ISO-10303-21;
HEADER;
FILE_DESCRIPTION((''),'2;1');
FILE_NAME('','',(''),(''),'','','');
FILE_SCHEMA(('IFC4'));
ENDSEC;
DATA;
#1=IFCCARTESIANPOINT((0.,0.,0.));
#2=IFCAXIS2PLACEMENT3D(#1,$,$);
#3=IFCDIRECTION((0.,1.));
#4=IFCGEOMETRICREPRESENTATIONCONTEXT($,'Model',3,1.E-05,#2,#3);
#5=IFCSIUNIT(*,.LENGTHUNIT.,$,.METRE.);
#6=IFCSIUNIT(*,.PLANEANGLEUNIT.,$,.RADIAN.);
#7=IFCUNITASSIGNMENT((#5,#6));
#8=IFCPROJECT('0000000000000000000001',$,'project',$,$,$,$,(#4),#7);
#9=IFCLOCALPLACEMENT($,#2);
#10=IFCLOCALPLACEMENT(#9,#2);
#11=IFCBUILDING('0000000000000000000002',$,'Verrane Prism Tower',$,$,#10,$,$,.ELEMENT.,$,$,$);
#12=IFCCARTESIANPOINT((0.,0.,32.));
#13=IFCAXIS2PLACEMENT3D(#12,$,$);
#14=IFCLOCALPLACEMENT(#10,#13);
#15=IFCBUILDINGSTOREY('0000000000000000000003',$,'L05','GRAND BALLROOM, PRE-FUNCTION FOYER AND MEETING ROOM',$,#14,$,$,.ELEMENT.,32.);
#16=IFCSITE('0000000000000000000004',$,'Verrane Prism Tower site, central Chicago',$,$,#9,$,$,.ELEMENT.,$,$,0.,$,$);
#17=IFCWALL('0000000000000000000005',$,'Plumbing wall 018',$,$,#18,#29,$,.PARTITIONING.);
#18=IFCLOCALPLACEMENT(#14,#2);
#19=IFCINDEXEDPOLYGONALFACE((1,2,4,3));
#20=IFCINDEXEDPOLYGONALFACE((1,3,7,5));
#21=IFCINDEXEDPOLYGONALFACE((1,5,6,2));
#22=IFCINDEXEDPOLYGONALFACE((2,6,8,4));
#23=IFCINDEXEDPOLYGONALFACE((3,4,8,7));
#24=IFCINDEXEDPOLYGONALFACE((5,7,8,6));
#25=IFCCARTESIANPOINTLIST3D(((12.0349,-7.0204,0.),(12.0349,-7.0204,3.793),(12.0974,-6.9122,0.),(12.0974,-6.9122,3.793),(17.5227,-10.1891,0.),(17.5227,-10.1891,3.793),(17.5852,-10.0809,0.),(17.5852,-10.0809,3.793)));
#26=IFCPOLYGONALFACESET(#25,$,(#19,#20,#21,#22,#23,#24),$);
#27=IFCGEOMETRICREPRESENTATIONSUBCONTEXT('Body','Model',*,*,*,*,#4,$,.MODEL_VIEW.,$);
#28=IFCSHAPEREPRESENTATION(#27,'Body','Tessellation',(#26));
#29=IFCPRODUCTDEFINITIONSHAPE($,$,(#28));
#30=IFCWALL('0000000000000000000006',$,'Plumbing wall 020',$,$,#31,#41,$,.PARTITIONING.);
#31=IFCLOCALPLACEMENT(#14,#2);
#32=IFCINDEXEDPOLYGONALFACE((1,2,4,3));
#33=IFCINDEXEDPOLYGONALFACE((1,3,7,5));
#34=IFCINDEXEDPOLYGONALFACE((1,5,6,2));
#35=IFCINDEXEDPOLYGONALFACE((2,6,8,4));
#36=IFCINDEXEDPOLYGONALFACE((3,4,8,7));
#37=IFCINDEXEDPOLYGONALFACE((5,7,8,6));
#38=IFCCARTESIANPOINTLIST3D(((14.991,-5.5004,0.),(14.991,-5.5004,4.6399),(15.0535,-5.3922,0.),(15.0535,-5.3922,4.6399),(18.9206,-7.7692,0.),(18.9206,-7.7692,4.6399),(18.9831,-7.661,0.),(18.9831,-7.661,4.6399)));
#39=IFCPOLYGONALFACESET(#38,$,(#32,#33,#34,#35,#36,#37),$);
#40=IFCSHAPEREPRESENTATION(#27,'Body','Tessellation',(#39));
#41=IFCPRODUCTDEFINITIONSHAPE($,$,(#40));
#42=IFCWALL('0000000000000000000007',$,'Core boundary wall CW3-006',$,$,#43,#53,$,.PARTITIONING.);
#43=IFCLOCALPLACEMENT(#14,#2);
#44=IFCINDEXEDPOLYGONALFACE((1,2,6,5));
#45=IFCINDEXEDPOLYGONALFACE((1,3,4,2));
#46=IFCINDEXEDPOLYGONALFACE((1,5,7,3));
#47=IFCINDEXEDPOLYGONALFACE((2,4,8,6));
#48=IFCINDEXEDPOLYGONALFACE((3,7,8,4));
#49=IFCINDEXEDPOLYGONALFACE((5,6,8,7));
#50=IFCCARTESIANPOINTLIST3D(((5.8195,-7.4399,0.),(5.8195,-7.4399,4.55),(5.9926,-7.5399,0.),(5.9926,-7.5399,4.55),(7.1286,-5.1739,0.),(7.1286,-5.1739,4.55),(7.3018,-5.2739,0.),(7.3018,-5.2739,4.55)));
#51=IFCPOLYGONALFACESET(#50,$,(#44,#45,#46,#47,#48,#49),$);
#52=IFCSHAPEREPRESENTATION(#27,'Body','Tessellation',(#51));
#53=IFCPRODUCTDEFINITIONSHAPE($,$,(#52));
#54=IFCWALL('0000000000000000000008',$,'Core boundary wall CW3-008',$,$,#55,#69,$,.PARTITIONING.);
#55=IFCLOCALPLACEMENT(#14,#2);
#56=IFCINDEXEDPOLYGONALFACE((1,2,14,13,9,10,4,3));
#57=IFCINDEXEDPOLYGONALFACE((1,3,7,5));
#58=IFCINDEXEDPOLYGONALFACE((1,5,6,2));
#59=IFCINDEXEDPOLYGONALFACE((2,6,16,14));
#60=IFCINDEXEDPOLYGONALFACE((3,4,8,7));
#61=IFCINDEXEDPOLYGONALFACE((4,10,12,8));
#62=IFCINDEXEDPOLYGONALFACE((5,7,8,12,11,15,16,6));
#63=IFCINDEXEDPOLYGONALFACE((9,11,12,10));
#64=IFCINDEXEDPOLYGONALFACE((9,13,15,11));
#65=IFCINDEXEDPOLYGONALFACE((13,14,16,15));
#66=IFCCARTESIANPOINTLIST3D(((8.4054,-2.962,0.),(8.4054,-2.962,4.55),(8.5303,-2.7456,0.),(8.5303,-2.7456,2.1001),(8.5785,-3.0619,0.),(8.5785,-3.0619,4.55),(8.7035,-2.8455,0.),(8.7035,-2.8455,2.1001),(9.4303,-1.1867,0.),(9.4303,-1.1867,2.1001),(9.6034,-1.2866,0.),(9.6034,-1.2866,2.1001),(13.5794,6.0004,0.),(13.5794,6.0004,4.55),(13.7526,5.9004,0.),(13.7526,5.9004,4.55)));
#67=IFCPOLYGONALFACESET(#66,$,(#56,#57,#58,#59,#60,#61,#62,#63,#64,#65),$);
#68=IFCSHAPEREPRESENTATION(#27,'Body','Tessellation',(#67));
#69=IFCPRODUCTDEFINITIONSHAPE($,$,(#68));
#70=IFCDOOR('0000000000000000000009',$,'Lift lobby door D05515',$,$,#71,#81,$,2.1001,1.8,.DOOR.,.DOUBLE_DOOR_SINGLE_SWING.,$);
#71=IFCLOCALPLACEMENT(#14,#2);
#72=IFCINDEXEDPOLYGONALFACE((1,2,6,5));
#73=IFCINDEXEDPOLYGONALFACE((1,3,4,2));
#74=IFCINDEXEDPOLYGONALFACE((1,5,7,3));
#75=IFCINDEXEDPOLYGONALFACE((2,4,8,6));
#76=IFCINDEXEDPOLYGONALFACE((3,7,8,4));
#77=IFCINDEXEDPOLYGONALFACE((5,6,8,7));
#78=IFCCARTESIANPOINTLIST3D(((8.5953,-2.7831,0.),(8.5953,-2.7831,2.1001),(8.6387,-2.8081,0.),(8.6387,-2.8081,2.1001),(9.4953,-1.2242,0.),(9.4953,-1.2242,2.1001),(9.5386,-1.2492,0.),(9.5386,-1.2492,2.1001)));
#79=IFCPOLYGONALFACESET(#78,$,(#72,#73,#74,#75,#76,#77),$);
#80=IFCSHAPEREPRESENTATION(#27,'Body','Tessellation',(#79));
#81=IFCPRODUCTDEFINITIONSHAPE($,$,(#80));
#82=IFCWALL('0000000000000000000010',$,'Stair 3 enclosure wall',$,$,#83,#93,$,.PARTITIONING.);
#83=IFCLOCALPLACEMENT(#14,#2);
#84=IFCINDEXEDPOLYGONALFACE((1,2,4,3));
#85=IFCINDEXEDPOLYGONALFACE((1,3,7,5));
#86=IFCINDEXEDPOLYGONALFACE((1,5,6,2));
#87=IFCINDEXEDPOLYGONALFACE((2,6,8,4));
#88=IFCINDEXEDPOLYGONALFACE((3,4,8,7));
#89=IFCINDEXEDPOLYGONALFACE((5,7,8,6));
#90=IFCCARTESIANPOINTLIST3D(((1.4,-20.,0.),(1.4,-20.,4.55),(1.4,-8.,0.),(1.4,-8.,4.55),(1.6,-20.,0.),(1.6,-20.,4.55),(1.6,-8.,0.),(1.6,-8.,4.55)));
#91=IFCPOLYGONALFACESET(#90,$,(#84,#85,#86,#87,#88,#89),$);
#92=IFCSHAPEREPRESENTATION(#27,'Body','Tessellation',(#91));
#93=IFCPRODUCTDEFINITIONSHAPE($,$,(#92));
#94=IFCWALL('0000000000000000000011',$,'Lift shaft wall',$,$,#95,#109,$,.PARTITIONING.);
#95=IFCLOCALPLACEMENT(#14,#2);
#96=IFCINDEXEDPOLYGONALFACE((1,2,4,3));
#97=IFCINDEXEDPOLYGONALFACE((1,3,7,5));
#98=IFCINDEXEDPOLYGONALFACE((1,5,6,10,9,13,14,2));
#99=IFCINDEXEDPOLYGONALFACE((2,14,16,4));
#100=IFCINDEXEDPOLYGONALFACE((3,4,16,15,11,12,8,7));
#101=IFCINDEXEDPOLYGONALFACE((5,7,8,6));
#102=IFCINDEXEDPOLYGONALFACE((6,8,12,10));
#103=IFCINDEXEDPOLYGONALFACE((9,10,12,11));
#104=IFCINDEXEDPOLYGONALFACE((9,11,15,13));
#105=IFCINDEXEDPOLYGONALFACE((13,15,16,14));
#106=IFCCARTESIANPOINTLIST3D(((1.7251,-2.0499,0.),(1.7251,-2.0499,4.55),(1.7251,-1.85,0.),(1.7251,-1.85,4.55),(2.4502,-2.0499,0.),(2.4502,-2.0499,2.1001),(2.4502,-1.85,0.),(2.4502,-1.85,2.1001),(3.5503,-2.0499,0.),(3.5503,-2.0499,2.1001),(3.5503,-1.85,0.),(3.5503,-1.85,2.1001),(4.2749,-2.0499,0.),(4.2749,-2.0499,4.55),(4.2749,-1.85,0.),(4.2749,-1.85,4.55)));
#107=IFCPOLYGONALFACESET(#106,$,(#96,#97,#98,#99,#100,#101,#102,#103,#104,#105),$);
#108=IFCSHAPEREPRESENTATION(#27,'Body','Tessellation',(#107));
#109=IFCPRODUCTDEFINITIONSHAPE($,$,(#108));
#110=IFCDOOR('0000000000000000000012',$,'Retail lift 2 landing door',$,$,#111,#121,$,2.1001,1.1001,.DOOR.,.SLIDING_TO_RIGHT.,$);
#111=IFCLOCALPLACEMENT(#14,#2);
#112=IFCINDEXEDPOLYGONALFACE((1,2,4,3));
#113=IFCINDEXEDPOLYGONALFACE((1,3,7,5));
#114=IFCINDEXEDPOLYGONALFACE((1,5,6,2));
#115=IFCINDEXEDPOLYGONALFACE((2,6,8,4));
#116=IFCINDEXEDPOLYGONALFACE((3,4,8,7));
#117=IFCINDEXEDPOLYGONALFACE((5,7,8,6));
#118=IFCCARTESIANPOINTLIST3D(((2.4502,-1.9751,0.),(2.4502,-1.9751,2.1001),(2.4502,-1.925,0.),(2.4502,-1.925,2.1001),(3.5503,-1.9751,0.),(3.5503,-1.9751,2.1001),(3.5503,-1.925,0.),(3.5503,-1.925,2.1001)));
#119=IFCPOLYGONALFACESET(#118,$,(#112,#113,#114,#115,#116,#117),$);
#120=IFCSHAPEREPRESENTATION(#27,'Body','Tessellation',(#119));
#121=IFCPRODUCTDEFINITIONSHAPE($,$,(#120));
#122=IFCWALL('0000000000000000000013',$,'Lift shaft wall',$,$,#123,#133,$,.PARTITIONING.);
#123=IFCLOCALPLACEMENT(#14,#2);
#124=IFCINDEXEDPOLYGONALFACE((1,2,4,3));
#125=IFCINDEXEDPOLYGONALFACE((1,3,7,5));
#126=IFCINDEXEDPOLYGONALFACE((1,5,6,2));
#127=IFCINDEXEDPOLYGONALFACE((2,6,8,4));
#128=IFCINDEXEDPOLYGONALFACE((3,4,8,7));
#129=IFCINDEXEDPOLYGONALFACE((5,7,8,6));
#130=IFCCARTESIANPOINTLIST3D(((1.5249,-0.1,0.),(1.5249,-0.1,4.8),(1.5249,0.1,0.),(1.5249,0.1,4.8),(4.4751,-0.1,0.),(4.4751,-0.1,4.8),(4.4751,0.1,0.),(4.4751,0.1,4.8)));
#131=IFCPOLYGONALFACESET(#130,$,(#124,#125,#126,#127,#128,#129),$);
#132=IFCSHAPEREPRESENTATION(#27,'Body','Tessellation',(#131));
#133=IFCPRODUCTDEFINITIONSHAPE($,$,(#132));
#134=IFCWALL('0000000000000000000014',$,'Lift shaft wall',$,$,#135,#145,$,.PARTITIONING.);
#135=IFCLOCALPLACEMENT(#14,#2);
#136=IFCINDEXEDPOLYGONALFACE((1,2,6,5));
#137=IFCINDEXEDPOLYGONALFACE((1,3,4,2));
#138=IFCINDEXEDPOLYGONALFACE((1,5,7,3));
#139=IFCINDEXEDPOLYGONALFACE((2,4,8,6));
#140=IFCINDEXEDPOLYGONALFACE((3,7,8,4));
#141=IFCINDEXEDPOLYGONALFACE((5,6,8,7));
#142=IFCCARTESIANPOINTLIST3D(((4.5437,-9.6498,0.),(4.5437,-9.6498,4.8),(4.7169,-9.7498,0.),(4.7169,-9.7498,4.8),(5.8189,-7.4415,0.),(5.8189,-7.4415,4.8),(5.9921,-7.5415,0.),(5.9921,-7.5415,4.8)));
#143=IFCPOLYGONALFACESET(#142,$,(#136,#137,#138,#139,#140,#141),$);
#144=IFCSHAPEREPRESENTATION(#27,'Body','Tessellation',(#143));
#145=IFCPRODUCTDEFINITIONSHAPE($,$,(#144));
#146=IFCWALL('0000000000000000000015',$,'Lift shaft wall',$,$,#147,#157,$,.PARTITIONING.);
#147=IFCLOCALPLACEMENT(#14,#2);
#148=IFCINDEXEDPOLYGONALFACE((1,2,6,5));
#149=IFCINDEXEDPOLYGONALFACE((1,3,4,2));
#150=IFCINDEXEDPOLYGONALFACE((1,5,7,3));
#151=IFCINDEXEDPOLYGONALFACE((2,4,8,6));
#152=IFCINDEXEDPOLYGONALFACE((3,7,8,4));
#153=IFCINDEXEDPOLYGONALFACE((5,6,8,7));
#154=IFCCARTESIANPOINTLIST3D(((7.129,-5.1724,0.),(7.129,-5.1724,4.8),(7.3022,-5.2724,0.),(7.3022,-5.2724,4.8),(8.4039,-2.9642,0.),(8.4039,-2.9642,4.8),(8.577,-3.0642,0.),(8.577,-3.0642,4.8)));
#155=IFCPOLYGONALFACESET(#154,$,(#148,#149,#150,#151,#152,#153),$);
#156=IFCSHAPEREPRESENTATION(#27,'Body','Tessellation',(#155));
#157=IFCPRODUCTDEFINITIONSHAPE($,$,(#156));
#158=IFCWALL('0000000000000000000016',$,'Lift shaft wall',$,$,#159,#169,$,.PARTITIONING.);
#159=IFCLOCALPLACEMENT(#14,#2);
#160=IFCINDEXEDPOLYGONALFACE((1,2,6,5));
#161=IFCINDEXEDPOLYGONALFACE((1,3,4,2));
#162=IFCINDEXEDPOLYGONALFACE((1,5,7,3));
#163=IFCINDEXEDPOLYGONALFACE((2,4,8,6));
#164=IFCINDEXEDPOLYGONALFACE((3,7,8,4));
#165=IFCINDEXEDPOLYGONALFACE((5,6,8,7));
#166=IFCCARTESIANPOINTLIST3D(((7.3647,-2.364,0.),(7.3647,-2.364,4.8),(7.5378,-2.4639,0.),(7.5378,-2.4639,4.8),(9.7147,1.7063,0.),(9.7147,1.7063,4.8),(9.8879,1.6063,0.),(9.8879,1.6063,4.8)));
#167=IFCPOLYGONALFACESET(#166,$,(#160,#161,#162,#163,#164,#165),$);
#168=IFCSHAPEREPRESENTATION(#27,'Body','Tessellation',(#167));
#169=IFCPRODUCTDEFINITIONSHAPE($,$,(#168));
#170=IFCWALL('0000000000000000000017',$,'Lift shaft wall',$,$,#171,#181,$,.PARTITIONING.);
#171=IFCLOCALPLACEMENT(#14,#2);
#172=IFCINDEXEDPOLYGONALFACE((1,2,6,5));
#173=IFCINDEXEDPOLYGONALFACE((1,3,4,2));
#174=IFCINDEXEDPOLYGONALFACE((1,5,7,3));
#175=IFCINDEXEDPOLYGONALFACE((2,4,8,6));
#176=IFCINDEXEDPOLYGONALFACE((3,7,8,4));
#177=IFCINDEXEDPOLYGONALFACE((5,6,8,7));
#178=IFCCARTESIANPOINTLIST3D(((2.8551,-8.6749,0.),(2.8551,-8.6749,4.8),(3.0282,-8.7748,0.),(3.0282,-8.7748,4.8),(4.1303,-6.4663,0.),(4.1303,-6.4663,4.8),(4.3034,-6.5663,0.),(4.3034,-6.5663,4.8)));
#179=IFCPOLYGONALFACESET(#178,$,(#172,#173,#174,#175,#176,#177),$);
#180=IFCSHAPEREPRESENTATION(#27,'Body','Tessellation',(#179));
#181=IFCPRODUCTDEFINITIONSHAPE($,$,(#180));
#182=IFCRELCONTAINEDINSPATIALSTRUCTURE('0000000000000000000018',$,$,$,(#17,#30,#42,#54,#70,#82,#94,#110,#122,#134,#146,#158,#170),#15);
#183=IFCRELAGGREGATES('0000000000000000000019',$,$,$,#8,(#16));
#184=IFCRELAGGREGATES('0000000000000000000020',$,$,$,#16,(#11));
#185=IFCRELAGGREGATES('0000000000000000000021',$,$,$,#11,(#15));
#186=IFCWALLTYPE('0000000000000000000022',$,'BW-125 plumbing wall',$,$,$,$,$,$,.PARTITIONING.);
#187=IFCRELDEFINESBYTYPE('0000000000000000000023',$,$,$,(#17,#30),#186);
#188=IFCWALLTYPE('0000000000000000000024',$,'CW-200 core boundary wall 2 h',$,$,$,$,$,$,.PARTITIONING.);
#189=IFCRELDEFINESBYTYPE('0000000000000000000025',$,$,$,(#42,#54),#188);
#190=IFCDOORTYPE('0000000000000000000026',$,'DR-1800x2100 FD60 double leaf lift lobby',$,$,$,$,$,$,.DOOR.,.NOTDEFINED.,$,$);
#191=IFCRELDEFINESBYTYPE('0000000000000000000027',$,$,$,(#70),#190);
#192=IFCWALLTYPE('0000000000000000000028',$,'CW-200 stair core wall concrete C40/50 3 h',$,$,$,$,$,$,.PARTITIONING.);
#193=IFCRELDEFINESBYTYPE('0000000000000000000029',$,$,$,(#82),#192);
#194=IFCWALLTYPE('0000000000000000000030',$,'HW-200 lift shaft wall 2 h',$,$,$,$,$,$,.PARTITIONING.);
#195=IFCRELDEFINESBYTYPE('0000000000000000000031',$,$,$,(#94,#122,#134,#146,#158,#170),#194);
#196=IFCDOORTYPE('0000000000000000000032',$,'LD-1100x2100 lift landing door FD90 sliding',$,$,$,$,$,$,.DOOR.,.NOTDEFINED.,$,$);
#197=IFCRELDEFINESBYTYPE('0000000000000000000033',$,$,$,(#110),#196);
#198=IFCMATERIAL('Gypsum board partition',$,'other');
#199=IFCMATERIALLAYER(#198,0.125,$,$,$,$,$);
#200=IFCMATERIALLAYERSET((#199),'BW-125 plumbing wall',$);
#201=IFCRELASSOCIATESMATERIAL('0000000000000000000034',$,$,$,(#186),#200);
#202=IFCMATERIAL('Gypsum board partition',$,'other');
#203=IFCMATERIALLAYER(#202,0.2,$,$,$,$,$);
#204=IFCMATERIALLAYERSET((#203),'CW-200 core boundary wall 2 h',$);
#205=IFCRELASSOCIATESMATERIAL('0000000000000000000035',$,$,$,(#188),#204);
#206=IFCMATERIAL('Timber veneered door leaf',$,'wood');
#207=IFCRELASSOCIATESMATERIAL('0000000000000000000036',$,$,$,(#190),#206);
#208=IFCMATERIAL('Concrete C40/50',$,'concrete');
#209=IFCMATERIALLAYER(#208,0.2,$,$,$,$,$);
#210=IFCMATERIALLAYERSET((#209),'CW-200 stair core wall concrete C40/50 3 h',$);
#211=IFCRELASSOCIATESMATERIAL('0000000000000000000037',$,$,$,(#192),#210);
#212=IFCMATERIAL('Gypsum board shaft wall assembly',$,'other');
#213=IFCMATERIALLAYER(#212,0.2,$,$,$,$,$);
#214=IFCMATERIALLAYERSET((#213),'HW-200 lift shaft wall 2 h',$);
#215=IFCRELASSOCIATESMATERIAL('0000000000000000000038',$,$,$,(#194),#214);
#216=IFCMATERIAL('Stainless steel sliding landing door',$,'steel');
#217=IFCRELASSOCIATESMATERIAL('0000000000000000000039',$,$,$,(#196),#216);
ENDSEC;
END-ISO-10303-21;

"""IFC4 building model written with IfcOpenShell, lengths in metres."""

from ifc_helpers import new_model, si_unit, direction, frame, frame_2d, origin, place, context, subcontext, project, spatial, rectangle, extrude, material, layer, layer_set, type_object, element, fill, save


model = new_model("IFC4")

# Units and contexts
model_context = context("Model", 3, precision=1e-05, world=origin(), true_north=direction((0.0, 1.0)))
body_context = subcontext(model_context, "Body", "Model", "MODEL_VIEW")
ifc_project = project(units=[si_unit("LENGTHUNIT", "METRE"), si_unit("PLANEANGLEUNIT", "RADIAN")], contexts=[model_context])

# Site, building, storey
site_placement = place(None, origin())
site = spatial("IfcSite", under=ifc_project, at=site_placement, Name="Verrane Prism Tower site, central Chicago", CompositionType="ELEMENT", RefElevation=0.0)
building_placement = place(site_placement, origin())
building = spatial("IfcBuilding", under=site, at=building_placement, Name="Verrane Prism Tower", CompositionType="ELEMENT")
storey_placement = place(building_placement, frame((0.0, 0.0, 32.0)))
storey = spatial("IfcBuildingStorey", under=building, at=storey_placement, Name="L05", Description="GRAND BALLROOM, PRE-FUNCTION FOYER AND MEETING ROOM", CompositionType="ELEMENT", Elevation=32.0)

# Walls
ifc_material_1 = material(Name="Gypsum board partition", Category="other")
ifc_layer_1 = layer(ifc_material_1, 0.125)
ifc_layer_set_1 = layer_set([ifc_layer_1], Name="BW-125 plumbing wall")
wall_type_1 = type_object("IfcWallType", Name="BW-125 plumbing wall", PredefinedType="PARTITIONING", material=ifc_layer_set_1)
wall_1_placement = place(storey_placement, frame((12.0662, -6.9663, 0.0), z_axis=(0.0, 0.0, 1.0), x_axis=(0.866003, -0.500038, 0.0)))
element("IfcWall", 1, at=wall_1_placement, inside=storey, type_object=wall_type_1, Name="Plumbing wall 018", PredefinedType="PARTITIONING", context=body_context, shape_type="SweptSolid", body=[
    extrude(rectangle(XDim=6.3369, YDim=0.125, at=frame_2d((3.1685, 0.0))), origin(), (0.0, 0.0, 1.0), 3.793),
])
wall_2_placement = place(storey_placement, frame((15.0222, -5.4463, 0.0), z_axis=(0.0, 0.0, 1.0), x_axis=(0.866026, -0.499999, 0.0)))
element("IfcWall", 2, at=wall_2_placement, inside=storey, type_object=wall_type_1, Name="Plumbing wall 020", PredefinedType="PARTITIONING", context=body_context, shape_type="SweptSolid", body=[
    extrude(rectangle(XDim=4.5376, YDim=0.125, at=frame_2d((2.2688, 0.0))), origin(), (0.0, 0.0, 1.0), 4.6399),
])
ifc_material_2 = material(Name="Gypsum board partition", Category="other")
ifc_layer_2 = layer(ifc_material_2, 0.2)
ifc_layer_set_2 = layer_set([ifc_layer_2], Name="CW-200 core boundary wall 2 h")
wall_type_2 = type_object("IfcWallType", Name="CW-200 core boundary wall 2 h", PredefinedType="PARTITIONING", material=ifc_layer_set_2)
wall_3_placement = place(storey_placement, frame((5.906, -7.49, 0.0), z_axis=(0.0, 0.0, 1.0), x_axis=(0.500253, 0.865879, 0.0)))
element("IfcWall", 3, at=wall_3_placement, inside=storey, type_object=wall_type_2, Name="Core boundary wall CW3-006", PredefinedType="PARTITIONING", context=body_context, shape_type="SweptSolid", body=[
    extrude(rectangle(XDim=2.6169, YDim=0.2, at=frame_2d((1.3086, 0.0))), origin(), (0.0, 0.0, 1.0), 4.55),
])

# Wall, opening, door
wall_4_placement = place(storey_placement, frame((8.4919, -3.012, 0.0), z_axis=(0.0, 0.0, 1.0), x_axis=(0.499973, 0.866041, 0.0)))
wall_4 = element("IfcWall", 4, at=wall_4_placement, inside=storey, type_object=wall_type_2, Name="Core boundary wall CW3-008", PredefinedType="PARTITIONING", context=body_context, shape_type="SweptSolid", body=[
    extrude(rectangle(XDim=10.3486, YDim=0.2, at=frame_2d((5.1743, 0.0))), origin(), (0.0, 0.0, 1.0), 4.55),
])
opening_1_placement = place(wall_4_placement, frame((0.25, 0.0, 0.0)))
opening_1 = element("IfcOpeningElement", 5, at=opening_1_placement, cuts=wall_4, PredefinedType="OPENING", context=body_context, shape_type="SweptSolid", body=[
    extrude(rectangle(XDim=1.8, YDim=2.1001, at=frame_2d((0.8999, 1.05))), frame((0.0, 0.1099, 0.0), z_axis=(0.0, -1.0, 0.0), x_axis=(1.0, 0.0, 0.0)), (0.0, 0.0, 1.0), 0.22),
])
ifc_material_3 = material(Name="Timber veneered door leaf", Category="wood")
door_type_1 = type_object("IfcDoorType", Name="DR-1800x2100 FD60 double leaf lift lobby", OperationType="NOTDEFINED", PredefinedType="DOOR", material=ifc_material_3)
door_1_placement = place(opening_1_placement, origin())
door_1 = element("IfcDoor", 6, at=door_1_placement, inside=storey, type_object=door_type_1, Name="Lift lobby door D05515", OperationType="DOUBLE_DOOR_SINGLE_SWING", OverallHeight=2.1001, OverallWidth=1.8, PredefinedType="DOOR", context=body_context, shape_type="SweptSolid", body=[
    extrude(rectangle(XDim=1.8, YDim=2.1001, at=frame_2d((0.8999, 1.05))), frame((0.0, 0.0249, 0.0), z_axis=(0.0, -1.0, 0.0), x_axis=(1.0, 0.0, 0.0)), (0.0, 0.0, 1.0), 0.05),
])
fill(opening_1, door_1)

# Wall
ifc_material_4 = material(Name="Concrete C40/50", Category="concrete")
ifc_layer_3 = layer(ifc_material_4, 0.2)
ifc_layer_set_3 = layer_set([ifc_layer_3], Name="CW-200 stair core wall concrete C40/50 3 h")
wall_type_3 = type_object("IfcWallType", Name="CW-200 stair core wall concrete C40/50 3 h", PredefinedType="PARTITIONING", material=ifc_layer_set_3)
wall_5_placement = place(storey_placement, frame((1.5, -8.0, 0.0), z_axis=(0.0, 0.0, 1.0), x_axis=(0.0, -1.0, 0.0)))
element("IfcWall", 7, at=wall_5_placement, inside=storey, type_object=wall_type_3, Name="Stair 3 enclosure wall", PredefinedType="PARTITIONING", context=body_context, shape_type="SweptSolid", body=[
    extrude(rectangle(XDim=12.0, YDim=0.2, at=frame_2d((6.0, 0.0))), origin(), (0.0, 0.0, 1.0), 4.55),
])

# Wall, opening, door
ifc_material_5 = material(Name="Gypsum board shaft wall assembly", Category="other")
ifc_layer_4 = layer(ifc_material_5, 0.2)
ifc_layer_set_4 = layer_set([ifc_layer_4], Name="HW-200 lift shaft wall 2 h")
wall_type_4 = type_object("IfcWallType", Name="HW-200 lift shaft wall 2 h", PredefinedType="PARTITIONING", material=ifc_layer_set_4)
wall_6_placement = place(storey_placement, frame((1.7251, -1.95, 0.0), z_axis=(0.0, 0.0, 1.0), x_axis=(1.0, 0.0, 0.0)))
wall_6 = element("IfcWall", 8, at=wall_6_placement, inside=storey, type_object=wall_type_4, Name="Lift shaft wall", PredefinedType="PARTITIONING", context=body_context, shape_type="SweptSolid", body=[
    extrude(rectangle(XDim=2.5498, YDim=0.2, at=frame_2d((1.2749, 0.0))), origin(), (0.0, 0.0, 1.0), 4.55),
])
opening_2_placement = place(wall_6_placement, frame((0.7251, 0.0, 0.0)))
opening_2 = element("IfcOpeningElement", 9, at=opening_2_placement, cuts=wall_6, PredefinedType="OPENING", context=body_context, shape_type="SweptSolid", body=[
    extrude(rectangle(XDim=1.1001, YDim=2.1001, at=frame_2d((0.55, 1.05))), frame((0.0, 0.1099, 0.0), z_axis=(0.0, -1.0, 0.0), x_axis=(1.0, 0.0, 0.0)), (0.0, 0.0, 1.0), 0.22),
])
ifc_material_6 = material(Name="Stainless steel sliding landing door", Category="steel")
door_type_2 = type_object("IfcDoorType", Name="LD-1100x2100 lift landing door FD90 sliding", OperationType="NOTDEFINED", PredefinedType="DOOR", material=ifc_material_6)
door_2_placement = place(opening_2_placement, origin())
door_2 = element("IfcDoor", 10, at=door_2_placement, inside=storey, type_object=door_type_2, Name="Retail lift 2 landing door", OperationType="SLIDING_TO_RIGHT", OverallHeight=2.1001, OverallWidth=1.1001, PredefinedType="DOOR", context=body_context, shape_type="SweptSolid", body=[
    extrude(rectangle(XDim=1.1001, YDim=2.1001, at=frame_2d((0.55, 1.05))), frame((0.0, 0.0249, 0.0), z_axis=(0.0, -1.0, 0.0), x_axis=(1.0, 0.0, 0.0)), (0.0, 0.0, 1.0), 0.05),
])
fill(opening_2, door_2)

# Walls
wall_7_placement = place(storey_placement, frame((1.5249, 0.0, 0.0), z_axis=(0.0, 0.0, 1.0), x_axis=(1.0, 0.0, 0.0)))
element("IfcWall", 11, at=wall_7_placement, inside=storey, type_object=wall_type_4, Name="Lift shaft wall", PredefinedType="PARTITIONING", context=body_context, shape_type="SweptSolid", body=[
    extrude(rectangle(XDim=2.9502, YDim=0.2, at=frame_2d((1.4751, 0.0))), origin(), (0.0, 0.0, 1.0), 4.8),
])
wall_8_placement = place(storey_placement, frame((4.6304, -9.6997, 0.0), z_axis=(0.0, 0.0, 1.0), x_axis=(0.500062, 0.865989, 0.0)))
element("IfcWall", 12, at=wall_8_placement, inside=storey, type_object=wall_type_4, Name="Lift shaft wall", PredefinedType="PARTITIONING", context=body_context, shape_type="SweptSolid", body=[
    extrude(rectangle(XDim=2.55, YDim=0.2, at=frame_2d((1.2749, 0.0))), origin(), (0.0, 0.0, 1.0), 4.8),
])
wall_9_placement = place(storey_placement, frame((7.2156, -5.2224, 0.0), z_axis=(0.0, 0.0, 1.0), x_axis=(0.49999, 0.866031, 0.0)))
element("IfcWall", 13, at=wall_9_placement, inside=storey, type_object=wall_type_4, Name="Lift shaft wall", PredefinedType="PARTITIONING", context=body_context, shape_type="SweptSolid", body=[
    extrude(rectangle(XDim=2.5498, YDim=0.2, at=frame_2d((1.2749, 0.0))), origin(), (0.0, 0.0, 1.0), 4.8),
])
wall_10_placement = place(storey_placement, frame((7.4512, -2.4141, 0.0), z_axis=(0.0, 0.0, 1.0), x_axis=(0.500016, 0.866016, 0.0)))
element("IfcWall", 14, at=wall_10_placement, inside=storey, type_object=wall_type_4, Name="Lift shaft wall", PredefinedType="PARTITIONING", context=body_context, shape_type="SweptSolid", body=[
    extrude(rectangle(XDim=4.7, YDim=0.2, at=frame_2d((2.3501, 0.0))), origin(), (0.0, 0.0, 1.0), 4.8),
])
wall_11_placement = place(storey_placement, frame((2.9417, -8.7249, 0.0), z_axis=(0.0, 0.0, 1.0), x_axis=(0.500021, 0.866013, 0.0)))
element("IfcWall", 15, at=wall_11_placement, inside=storey, type_object=wall_type_4, Name="Lift shaft wall", PredefinedType="PARTITIONING", context=body_context, shape_type="SweptSolid", body=[
    extrude(rectangle(XDim=2.5503, YDim=0.2, at=frame_2d((1.2751, 0.0))), origin(), (0.0, 0.0, 1.0), 4.8),
])

save(model, "model.ifc")
